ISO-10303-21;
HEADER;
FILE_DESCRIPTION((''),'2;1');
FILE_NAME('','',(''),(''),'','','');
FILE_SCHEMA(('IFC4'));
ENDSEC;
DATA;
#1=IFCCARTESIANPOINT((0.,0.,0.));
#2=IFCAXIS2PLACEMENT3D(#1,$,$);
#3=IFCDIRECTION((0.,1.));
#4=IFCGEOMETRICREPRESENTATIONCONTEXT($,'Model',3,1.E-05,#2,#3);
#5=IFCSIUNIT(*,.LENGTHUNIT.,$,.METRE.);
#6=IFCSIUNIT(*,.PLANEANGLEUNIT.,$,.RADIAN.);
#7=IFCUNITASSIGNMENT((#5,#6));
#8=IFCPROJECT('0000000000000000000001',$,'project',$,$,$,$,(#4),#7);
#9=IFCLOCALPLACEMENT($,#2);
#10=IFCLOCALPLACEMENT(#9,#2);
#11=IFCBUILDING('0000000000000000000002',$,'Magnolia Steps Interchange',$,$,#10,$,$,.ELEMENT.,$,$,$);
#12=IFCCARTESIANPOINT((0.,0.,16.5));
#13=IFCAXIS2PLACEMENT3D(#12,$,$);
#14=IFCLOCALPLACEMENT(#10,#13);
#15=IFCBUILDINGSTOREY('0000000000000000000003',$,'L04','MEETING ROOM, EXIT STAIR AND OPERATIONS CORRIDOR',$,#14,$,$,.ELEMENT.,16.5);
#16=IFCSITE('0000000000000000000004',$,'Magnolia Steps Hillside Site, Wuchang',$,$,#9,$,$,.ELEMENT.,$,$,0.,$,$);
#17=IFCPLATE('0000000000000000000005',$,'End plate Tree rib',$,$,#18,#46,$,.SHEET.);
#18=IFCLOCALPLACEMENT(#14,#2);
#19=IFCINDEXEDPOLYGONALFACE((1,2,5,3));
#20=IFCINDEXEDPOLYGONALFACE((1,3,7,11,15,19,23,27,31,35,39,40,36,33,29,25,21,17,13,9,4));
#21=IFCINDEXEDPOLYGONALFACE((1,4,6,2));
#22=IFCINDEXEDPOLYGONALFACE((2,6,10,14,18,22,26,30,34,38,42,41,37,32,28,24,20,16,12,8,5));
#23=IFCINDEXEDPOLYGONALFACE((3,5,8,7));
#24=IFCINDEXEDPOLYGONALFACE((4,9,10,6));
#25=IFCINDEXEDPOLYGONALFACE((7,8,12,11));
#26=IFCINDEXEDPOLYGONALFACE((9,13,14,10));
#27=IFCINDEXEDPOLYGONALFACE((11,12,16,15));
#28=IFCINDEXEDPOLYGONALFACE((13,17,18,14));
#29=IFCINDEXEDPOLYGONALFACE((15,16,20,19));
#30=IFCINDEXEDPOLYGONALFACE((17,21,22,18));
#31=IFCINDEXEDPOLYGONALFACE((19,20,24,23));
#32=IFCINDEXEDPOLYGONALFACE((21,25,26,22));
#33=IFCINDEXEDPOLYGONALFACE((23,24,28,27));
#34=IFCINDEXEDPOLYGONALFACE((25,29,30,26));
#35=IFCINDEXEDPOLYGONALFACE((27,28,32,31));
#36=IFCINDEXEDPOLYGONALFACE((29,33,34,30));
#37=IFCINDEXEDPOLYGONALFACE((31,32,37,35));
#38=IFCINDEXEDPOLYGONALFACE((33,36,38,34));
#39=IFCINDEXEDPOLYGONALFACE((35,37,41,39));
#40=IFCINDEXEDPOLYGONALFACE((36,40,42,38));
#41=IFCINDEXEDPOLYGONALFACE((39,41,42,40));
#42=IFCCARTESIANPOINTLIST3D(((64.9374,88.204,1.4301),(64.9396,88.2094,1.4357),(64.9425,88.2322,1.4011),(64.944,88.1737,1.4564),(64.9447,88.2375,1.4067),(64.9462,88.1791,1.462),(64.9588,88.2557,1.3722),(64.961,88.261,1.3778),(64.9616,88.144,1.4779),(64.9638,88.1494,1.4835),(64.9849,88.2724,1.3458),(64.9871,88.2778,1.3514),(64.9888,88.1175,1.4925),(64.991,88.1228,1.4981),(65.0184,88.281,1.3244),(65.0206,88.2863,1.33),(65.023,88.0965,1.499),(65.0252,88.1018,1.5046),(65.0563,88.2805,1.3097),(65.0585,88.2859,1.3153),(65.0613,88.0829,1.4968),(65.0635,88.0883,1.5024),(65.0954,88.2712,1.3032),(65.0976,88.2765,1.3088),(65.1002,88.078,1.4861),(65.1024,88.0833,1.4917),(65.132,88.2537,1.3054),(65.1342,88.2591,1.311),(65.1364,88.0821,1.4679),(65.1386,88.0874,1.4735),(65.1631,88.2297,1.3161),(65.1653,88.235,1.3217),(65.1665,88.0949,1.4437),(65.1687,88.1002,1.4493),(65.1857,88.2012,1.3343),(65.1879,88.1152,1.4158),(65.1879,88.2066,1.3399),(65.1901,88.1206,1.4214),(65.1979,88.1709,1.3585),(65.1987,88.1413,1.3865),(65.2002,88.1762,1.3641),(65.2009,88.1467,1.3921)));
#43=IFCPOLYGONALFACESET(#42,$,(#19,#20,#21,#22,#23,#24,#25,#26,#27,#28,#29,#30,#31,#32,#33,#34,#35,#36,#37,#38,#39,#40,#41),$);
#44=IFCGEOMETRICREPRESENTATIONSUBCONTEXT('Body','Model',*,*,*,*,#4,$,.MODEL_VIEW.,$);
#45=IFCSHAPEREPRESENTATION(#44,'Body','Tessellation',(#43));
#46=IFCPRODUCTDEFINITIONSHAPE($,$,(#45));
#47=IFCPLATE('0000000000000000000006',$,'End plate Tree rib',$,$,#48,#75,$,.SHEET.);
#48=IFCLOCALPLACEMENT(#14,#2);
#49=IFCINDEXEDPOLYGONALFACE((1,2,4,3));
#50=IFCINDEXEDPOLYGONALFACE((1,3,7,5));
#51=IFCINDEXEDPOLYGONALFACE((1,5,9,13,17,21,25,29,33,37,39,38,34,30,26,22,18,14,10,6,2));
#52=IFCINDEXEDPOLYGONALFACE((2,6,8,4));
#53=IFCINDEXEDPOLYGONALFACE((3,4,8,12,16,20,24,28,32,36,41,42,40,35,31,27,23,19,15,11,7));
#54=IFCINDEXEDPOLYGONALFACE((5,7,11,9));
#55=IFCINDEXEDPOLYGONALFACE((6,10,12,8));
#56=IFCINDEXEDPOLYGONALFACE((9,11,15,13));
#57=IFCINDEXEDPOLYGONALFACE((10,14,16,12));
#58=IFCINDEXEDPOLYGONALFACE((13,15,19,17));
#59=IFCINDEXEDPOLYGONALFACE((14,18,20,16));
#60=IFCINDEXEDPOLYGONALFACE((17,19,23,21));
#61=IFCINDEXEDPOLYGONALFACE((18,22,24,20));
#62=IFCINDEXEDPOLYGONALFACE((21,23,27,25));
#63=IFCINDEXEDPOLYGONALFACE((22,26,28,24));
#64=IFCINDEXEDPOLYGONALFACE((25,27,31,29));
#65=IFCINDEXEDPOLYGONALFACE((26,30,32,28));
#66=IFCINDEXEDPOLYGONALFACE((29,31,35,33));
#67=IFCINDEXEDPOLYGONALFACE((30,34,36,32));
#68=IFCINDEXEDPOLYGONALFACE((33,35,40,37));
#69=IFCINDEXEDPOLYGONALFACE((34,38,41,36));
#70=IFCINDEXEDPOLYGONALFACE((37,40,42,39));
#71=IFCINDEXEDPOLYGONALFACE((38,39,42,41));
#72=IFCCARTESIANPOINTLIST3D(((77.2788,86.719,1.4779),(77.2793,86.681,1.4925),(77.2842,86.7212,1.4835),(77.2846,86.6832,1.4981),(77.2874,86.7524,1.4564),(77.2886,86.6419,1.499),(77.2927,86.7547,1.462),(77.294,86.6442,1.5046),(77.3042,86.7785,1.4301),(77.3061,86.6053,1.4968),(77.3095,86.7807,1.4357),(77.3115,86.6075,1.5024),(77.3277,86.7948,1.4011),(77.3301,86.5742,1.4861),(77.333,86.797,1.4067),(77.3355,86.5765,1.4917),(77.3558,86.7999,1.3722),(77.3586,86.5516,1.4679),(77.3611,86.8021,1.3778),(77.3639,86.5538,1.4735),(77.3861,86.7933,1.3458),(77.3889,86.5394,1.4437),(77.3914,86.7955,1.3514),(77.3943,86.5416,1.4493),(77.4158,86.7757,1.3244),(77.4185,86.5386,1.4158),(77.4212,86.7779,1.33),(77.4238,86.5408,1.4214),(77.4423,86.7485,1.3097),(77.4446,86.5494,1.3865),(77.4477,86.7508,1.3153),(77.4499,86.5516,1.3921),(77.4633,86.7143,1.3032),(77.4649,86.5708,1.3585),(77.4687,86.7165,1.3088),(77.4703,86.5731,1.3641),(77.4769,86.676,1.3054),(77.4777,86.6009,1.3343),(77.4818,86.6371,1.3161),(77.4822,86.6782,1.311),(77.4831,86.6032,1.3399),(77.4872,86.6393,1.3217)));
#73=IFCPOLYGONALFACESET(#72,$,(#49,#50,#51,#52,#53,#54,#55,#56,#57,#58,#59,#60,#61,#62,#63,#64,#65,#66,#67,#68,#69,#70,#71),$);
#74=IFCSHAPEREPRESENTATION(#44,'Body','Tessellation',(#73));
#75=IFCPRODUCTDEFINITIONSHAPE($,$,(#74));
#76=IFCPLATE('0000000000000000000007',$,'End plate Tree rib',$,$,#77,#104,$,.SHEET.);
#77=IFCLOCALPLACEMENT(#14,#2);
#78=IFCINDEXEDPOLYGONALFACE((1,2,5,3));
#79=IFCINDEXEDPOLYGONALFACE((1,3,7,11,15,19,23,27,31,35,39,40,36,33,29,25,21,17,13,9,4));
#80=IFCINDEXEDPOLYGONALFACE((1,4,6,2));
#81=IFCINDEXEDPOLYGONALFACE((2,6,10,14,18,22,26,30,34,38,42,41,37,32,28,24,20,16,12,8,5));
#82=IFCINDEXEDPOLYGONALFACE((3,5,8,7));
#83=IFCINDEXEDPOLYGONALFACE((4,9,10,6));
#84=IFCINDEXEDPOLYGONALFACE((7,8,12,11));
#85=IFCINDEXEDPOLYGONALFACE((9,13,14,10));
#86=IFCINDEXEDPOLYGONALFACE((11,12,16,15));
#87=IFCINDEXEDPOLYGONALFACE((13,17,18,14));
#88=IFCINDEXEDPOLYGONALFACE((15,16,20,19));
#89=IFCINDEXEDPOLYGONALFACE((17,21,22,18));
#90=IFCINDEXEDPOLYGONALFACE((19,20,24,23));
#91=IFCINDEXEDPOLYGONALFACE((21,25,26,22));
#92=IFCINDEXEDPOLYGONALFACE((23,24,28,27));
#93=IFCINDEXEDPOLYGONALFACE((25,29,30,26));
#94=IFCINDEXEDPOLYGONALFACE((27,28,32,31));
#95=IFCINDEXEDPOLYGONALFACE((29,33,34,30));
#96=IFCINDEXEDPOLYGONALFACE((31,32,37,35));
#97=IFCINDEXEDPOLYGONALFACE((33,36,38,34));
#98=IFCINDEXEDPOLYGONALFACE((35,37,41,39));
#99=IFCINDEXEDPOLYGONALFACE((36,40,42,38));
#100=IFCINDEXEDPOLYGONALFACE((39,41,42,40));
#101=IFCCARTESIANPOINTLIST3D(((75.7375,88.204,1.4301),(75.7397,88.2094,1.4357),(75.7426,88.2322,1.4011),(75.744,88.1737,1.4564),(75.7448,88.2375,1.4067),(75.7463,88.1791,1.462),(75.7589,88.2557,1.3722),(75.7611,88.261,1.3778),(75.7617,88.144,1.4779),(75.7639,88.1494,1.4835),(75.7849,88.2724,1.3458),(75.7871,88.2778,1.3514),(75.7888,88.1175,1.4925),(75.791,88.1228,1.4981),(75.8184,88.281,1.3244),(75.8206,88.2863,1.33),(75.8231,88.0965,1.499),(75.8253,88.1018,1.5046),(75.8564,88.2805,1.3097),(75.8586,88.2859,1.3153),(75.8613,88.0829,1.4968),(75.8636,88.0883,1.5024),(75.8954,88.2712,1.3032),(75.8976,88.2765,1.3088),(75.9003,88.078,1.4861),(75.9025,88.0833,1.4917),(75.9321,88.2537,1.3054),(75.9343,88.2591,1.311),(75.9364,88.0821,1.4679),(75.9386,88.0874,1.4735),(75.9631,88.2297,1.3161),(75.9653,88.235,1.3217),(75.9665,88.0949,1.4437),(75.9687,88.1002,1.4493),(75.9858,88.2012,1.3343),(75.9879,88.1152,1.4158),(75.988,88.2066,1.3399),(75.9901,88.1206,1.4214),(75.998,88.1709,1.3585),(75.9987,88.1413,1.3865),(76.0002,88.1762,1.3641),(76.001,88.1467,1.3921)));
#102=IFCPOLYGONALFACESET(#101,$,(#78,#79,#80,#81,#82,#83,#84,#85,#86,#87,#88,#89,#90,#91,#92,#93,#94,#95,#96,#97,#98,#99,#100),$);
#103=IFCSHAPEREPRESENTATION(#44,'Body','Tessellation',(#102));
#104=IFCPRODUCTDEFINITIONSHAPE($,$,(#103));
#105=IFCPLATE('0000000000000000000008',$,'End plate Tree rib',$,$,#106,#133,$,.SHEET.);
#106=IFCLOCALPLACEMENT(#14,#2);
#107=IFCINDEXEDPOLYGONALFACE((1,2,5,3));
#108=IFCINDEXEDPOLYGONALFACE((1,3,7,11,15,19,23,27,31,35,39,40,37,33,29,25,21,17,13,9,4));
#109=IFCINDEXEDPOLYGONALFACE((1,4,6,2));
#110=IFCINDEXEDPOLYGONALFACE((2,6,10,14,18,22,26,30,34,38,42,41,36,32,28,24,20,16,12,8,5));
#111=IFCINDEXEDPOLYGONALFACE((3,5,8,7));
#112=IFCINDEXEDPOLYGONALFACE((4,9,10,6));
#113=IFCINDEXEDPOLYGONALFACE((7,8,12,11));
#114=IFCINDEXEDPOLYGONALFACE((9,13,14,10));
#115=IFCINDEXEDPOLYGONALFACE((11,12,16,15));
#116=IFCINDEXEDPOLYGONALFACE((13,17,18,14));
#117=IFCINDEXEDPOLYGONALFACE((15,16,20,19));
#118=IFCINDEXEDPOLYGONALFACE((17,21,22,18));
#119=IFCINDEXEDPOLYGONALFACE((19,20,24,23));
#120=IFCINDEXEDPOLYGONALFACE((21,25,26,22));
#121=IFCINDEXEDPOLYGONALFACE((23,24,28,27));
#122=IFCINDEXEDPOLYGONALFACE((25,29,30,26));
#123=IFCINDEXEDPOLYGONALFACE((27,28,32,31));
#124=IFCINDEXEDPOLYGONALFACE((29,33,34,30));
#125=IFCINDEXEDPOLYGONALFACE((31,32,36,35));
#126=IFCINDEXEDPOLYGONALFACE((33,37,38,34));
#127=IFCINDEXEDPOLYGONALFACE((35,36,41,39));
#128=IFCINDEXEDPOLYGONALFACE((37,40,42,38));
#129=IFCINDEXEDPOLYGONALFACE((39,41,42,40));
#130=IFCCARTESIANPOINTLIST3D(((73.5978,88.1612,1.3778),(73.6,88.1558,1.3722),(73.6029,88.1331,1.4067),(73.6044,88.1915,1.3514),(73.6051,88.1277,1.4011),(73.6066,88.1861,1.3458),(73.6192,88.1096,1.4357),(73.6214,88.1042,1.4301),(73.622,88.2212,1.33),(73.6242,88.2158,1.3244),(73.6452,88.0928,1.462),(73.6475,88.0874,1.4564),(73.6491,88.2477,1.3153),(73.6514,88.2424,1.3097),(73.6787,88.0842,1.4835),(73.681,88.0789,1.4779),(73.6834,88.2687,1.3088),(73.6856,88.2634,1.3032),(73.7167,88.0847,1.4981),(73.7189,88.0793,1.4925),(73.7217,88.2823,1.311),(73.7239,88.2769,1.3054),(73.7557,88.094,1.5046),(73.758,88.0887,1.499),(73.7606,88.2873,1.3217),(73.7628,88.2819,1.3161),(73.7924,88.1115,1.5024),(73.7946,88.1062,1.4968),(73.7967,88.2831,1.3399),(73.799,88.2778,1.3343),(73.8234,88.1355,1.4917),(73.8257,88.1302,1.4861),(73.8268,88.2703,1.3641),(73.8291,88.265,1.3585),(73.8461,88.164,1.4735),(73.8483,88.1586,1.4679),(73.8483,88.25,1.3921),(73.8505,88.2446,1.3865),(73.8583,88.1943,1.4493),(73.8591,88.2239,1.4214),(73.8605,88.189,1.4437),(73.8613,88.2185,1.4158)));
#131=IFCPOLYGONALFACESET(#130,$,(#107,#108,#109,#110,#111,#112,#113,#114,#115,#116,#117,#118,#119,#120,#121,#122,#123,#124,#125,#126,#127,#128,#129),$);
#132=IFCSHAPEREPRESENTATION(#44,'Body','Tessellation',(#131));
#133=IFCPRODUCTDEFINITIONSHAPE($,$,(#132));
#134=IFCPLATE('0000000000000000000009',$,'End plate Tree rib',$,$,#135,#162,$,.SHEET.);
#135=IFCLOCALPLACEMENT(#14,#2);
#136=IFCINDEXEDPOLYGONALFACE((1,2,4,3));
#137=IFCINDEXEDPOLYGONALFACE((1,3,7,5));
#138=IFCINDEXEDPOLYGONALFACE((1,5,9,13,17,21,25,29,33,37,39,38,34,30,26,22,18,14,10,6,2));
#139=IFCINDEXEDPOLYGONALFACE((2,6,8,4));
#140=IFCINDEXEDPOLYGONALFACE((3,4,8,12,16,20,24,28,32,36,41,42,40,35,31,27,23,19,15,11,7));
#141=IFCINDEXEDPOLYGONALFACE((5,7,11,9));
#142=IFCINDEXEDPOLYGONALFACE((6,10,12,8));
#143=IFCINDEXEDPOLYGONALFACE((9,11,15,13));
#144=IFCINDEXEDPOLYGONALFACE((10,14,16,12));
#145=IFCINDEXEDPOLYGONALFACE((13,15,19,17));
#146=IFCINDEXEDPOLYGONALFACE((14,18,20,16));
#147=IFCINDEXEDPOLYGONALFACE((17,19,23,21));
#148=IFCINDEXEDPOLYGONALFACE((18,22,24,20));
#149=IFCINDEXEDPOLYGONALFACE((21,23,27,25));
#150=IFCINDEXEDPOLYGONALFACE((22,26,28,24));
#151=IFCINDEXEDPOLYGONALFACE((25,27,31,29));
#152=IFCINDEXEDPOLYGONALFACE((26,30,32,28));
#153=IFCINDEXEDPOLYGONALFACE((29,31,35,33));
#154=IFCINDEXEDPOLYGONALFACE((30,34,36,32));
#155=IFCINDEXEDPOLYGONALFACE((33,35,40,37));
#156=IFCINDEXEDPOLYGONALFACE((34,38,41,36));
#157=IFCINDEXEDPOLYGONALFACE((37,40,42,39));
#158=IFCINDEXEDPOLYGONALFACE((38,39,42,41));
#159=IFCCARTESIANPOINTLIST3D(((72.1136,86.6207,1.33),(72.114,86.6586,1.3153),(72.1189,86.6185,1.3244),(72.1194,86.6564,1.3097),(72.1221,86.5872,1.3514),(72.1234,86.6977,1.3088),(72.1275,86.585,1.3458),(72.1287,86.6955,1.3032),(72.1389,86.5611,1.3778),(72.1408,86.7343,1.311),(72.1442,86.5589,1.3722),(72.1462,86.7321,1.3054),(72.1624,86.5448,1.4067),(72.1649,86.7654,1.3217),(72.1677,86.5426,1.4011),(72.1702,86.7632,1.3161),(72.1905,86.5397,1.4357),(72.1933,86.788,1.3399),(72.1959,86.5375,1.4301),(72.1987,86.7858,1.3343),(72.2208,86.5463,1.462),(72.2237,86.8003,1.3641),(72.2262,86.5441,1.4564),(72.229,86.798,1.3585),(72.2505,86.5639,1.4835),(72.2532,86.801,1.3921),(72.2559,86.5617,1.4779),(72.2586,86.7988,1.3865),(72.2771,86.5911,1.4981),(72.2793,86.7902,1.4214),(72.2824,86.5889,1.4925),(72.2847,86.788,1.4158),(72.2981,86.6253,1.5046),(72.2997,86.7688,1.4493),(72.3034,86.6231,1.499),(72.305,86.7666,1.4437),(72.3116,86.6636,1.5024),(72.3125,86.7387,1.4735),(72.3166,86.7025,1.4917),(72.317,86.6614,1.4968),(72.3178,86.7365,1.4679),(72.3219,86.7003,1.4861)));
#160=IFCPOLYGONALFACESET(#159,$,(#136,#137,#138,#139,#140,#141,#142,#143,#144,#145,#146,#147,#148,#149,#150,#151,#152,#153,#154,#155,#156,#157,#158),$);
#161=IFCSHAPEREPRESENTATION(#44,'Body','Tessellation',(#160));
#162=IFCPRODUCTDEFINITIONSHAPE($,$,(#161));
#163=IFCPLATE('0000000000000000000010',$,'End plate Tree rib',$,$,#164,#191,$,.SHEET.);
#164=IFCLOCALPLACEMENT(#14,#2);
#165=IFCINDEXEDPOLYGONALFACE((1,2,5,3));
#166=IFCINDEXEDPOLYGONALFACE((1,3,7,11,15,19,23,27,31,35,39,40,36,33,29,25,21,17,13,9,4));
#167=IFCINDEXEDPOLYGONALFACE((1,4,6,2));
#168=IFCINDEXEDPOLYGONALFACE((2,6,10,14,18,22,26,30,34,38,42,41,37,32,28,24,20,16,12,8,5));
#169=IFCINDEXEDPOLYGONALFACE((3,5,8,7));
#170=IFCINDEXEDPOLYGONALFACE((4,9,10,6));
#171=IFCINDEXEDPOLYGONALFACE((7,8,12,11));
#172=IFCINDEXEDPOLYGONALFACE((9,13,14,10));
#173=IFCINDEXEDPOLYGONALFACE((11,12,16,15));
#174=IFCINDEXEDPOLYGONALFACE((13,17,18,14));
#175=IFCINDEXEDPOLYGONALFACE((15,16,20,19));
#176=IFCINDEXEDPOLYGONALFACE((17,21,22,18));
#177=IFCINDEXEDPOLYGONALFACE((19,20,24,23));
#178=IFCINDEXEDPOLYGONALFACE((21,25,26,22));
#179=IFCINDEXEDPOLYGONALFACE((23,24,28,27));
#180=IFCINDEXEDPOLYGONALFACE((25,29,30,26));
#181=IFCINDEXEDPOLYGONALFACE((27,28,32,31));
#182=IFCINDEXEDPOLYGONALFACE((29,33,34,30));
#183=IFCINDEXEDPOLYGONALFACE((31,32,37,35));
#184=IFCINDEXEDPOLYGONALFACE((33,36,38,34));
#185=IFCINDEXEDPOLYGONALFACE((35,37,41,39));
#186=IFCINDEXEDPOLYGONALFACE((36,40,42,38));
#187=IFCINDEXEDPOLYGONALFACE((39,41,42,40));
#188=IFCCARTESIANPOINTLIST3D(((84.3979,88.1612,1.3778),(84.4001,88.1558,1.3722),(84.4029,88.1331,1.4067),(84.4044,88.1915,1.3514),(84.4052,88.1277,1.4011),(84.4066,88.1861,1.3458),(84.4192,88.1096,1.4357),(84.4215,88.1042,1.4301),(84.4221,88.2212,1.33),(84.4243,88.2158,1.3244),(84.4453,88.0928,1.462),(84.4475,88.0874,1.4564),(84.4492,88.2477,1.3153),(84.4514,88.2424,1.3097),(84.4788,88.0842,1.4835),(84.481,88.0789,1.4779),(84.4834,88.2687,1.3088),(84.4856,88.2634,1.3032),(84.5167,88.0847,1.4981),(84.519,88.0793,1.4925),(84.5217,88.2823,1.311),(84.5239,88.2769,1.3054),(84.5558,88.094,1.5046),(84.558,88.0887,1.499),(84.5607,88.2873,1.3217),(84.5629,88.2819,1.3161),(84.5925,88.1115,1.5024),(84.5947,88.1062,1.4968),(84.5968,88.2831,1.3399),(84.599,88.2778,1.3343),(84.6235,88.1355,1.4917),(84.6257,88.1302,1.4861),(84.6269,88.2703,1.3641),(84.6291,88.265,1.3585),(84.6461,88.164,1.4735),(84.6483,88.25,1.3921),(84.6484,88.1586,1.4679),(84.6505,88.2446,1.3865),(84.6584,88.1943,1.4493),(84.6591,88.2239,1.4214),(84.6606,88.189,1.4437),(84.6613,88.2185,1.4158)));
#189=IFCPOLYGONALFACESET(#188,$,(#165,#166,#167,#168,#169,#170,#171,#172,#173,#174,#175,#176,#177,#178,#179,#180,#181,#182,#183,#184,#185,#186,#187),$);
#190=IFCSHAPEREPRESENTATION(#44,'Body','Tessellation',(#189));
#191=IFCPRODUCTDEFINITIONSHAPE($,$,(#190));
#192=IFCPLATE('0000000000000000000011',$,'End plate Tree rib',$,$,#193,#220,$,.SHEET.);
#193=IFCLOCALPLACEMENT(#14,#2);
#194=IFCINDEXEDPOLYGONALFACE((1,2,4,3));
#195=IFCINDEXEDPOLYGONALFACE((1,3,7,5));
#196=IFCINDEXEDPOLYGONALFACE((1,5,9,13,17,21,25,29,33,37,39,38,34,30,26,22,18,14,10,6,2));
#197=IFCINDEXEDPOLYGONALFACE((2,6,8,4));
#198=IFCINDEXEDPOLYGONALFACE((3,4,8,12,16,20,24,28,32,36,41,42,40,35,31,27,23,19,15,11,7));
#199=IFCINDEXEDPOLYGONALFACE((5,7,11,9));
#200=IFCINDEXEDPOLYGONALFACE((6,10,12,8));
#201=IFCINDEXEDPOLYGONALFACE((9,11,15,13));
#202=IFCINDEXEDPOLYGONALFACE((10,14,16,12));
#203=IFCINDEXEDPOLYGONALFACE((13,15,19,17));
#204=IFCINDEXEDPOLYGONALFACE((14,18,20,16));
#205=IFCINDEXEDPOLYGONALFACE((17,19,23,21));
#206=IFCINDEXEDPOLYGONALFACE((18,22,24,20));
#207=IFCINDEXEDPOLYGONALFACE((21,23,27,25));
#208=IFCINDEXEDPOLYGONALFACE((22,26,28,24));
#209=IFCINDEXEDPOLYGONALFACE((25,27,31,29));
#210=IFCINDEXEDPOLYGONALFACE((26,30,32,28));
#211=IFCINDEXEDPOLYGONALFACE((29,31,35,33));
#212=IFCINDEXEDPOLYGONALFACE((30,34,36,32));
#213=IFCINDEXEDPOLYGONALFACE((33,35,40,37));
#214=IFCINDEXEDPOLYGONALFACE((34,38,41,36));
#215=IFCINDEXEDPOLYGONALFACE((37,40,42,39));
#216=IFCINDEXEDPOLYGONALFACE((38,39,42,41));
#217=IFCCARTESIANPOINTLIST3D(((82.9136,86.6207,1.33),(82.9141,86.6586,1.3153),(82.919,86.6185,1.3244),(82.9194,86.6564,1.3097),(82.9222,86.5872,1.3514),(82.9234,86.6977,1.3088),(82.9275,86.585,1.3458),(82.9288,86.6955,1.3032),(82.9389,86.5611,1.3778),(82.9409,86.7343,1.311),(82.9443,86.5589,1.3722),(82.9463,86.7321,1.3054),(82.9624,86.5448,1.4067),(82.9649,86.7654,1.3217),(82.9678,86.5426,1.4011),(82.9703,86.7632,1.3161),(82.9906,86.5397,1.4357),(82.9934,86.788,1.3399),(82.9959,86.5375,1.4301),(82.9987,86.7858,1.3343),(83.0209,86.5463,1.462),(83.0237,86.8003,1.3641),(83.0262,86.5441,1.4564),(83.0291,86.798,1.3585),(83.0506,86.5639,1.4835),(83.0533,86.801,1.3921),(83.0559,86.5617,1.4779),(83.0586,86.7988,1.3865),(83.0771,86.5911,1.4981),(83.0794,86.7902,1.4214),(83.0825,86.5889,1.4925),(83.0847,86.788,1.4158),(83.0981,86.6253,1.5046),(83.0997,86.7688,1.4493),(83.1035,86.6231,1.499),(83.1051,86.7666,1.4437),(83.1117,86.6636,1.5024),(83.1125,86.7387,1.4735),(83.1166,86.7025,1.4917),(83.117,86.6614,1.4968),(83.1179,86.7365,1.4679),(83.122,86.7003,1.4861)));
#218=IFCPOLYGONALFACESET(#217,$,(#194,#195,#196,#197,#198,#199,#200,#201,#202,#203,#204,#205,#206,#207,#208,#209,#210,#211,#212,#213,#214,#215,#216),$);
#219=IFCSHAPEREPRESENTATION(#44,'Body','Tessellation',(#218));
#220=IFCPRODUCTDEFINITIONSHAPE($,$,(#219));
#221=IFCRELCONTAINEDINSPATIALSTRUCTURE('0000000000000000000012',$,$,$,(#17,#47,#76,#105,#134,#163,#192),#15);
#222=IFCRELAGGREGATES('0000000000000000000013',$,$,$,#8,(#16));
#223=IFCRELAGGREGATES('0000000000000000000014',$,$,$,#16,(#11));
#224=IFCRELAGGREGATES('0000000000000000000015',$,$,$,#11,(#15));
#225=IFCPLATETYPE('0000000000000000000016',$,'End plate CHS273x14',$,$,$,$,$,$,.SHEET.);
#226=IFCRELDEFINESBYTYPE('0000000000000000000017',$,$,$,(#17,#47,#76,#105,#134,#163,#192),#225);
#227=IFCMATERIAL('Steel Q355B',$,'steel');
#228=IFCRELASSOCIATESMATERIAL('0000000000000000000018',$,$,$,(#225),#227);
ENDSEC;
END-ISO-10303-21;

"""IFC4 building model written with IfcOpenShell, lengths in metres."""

from ifc_helpers import new_model, si_unit, direction, frame, origin, origin_2d, place, context, subcontext, project, spatial, circle, extrude, material, material_profile, profile_set, type_object, element, save


model = new_model("IFC4")

# Units and contexts
model_context = context("Model", 3, precision=1e-05, world=origin(), true_north=direction((0.0, 1.0)))
body_context = subcontext(model_context, "Body", "Model", "MODEL_VIEW")
ifc_project = project(units=[si_unit("LENGTHUNIT", "METRE"), si_unit("PLANEANGLEUNIT", "RADIAN")], contexts=[model_context])

# Site, building, storey
site_placement = place(None, origin())
site = spatial("IfcSite", under=ifc_project, at=site_placement, Name="Magnolia Steps Hillside Site, Wuchang", CompositionType="ELEMENT", RefElevation=0.0)
building_placement = place(site_placement, origin())
building = spatial("IfcBuilding", under=site, at=building_placement, Name="Magnolia Steps Interchange", CompositionType="ELEMENT")
storey_placement = place(building_placement, frame((0.0, 0.0, 16.5)))
storey = spatial("IfcBuildingStorey", under=building, at=storey_placement, Name="L04", Description="MEETING ROOM, EXIT STAIR AND OPERATIONS CORRIDOR", CompositionType="ELEMENT", Elevation=16.5)

# Plates
ifc_material_1 = material(Name="Steel Q355B", Category="steel")
ifc_material_profile_1 = material_profile(ifc_material_1, circle(Radius=0.1365, at=origin_2d()), Name="End plate CHS273x14")
ifc_profile_set_1 = profile_set([ifc_material_profile_1], Name="Steel Q355B")
plate_type_1 = type_object("IfcPlateType", Name="End plate CHS273x14", PredefinedType="SHEET", material=ifc_profile_set_1)
for number, where, z_axis, x_axis, name in (
    (1, (65.0686, 88.1799, 1.4011), (0.275279, 0.664583, 0.694658), (-0.92388, 0.382683, 0.0), "End plate Tree rib"),
    (2, (77.3799, 86.6687, 1.4011), (0.664583, 0.275279, 0.694658), (-0.382683, 0.92388, 0.0), "End plate Tree rib"),
    (3, (75.8687, 88.1799, 1.4011), (0.275279, 0.664583, 0.694658), (-0.92388, 0.382683, 0.0), "End plate Tree rib"),
    (4, (73.7312, 88.1799, 1.4011), (-0.275279, 0.664583, 0.694658), (-0.92388, -0.382683, 0.0), "End plate Tree rib"),
    (5, (72.22, 86.6687, 1.4011), (-0.664583, 0.275279, 0.694658), (-0.382683, -0.92388, 0.0), "End plate Tree rib"),
    (6, (84.5312, 88.1799, 1.4011), (-0.275279, 0.664583, 0.694658), (-0.92388, -0.382683, 0.0), "End plate Tree rib"),
    (7, (83.02, 86.6687, 1.4011), (-0.664583, 0.275279, 0.694658), (-0.382683, -0.92388, 0.0), "End plate Tree rib"),
):
    element("IfcPlate", number, at=place(storey_placement, frame(where, z_axis=z_axis, x_axis=x_axis)), inside=storey, type_object=plate_type_1, Name=name, PredefinedType="SHEET", context=body_context, shape_type="SweptSolid", body=[
        extrude(circle(Radius=0.1365, at=origin_2d()), origin(), (0.0, 0.0, 1.0), 0.0081),
    ])

save(model, "model.ifc")
